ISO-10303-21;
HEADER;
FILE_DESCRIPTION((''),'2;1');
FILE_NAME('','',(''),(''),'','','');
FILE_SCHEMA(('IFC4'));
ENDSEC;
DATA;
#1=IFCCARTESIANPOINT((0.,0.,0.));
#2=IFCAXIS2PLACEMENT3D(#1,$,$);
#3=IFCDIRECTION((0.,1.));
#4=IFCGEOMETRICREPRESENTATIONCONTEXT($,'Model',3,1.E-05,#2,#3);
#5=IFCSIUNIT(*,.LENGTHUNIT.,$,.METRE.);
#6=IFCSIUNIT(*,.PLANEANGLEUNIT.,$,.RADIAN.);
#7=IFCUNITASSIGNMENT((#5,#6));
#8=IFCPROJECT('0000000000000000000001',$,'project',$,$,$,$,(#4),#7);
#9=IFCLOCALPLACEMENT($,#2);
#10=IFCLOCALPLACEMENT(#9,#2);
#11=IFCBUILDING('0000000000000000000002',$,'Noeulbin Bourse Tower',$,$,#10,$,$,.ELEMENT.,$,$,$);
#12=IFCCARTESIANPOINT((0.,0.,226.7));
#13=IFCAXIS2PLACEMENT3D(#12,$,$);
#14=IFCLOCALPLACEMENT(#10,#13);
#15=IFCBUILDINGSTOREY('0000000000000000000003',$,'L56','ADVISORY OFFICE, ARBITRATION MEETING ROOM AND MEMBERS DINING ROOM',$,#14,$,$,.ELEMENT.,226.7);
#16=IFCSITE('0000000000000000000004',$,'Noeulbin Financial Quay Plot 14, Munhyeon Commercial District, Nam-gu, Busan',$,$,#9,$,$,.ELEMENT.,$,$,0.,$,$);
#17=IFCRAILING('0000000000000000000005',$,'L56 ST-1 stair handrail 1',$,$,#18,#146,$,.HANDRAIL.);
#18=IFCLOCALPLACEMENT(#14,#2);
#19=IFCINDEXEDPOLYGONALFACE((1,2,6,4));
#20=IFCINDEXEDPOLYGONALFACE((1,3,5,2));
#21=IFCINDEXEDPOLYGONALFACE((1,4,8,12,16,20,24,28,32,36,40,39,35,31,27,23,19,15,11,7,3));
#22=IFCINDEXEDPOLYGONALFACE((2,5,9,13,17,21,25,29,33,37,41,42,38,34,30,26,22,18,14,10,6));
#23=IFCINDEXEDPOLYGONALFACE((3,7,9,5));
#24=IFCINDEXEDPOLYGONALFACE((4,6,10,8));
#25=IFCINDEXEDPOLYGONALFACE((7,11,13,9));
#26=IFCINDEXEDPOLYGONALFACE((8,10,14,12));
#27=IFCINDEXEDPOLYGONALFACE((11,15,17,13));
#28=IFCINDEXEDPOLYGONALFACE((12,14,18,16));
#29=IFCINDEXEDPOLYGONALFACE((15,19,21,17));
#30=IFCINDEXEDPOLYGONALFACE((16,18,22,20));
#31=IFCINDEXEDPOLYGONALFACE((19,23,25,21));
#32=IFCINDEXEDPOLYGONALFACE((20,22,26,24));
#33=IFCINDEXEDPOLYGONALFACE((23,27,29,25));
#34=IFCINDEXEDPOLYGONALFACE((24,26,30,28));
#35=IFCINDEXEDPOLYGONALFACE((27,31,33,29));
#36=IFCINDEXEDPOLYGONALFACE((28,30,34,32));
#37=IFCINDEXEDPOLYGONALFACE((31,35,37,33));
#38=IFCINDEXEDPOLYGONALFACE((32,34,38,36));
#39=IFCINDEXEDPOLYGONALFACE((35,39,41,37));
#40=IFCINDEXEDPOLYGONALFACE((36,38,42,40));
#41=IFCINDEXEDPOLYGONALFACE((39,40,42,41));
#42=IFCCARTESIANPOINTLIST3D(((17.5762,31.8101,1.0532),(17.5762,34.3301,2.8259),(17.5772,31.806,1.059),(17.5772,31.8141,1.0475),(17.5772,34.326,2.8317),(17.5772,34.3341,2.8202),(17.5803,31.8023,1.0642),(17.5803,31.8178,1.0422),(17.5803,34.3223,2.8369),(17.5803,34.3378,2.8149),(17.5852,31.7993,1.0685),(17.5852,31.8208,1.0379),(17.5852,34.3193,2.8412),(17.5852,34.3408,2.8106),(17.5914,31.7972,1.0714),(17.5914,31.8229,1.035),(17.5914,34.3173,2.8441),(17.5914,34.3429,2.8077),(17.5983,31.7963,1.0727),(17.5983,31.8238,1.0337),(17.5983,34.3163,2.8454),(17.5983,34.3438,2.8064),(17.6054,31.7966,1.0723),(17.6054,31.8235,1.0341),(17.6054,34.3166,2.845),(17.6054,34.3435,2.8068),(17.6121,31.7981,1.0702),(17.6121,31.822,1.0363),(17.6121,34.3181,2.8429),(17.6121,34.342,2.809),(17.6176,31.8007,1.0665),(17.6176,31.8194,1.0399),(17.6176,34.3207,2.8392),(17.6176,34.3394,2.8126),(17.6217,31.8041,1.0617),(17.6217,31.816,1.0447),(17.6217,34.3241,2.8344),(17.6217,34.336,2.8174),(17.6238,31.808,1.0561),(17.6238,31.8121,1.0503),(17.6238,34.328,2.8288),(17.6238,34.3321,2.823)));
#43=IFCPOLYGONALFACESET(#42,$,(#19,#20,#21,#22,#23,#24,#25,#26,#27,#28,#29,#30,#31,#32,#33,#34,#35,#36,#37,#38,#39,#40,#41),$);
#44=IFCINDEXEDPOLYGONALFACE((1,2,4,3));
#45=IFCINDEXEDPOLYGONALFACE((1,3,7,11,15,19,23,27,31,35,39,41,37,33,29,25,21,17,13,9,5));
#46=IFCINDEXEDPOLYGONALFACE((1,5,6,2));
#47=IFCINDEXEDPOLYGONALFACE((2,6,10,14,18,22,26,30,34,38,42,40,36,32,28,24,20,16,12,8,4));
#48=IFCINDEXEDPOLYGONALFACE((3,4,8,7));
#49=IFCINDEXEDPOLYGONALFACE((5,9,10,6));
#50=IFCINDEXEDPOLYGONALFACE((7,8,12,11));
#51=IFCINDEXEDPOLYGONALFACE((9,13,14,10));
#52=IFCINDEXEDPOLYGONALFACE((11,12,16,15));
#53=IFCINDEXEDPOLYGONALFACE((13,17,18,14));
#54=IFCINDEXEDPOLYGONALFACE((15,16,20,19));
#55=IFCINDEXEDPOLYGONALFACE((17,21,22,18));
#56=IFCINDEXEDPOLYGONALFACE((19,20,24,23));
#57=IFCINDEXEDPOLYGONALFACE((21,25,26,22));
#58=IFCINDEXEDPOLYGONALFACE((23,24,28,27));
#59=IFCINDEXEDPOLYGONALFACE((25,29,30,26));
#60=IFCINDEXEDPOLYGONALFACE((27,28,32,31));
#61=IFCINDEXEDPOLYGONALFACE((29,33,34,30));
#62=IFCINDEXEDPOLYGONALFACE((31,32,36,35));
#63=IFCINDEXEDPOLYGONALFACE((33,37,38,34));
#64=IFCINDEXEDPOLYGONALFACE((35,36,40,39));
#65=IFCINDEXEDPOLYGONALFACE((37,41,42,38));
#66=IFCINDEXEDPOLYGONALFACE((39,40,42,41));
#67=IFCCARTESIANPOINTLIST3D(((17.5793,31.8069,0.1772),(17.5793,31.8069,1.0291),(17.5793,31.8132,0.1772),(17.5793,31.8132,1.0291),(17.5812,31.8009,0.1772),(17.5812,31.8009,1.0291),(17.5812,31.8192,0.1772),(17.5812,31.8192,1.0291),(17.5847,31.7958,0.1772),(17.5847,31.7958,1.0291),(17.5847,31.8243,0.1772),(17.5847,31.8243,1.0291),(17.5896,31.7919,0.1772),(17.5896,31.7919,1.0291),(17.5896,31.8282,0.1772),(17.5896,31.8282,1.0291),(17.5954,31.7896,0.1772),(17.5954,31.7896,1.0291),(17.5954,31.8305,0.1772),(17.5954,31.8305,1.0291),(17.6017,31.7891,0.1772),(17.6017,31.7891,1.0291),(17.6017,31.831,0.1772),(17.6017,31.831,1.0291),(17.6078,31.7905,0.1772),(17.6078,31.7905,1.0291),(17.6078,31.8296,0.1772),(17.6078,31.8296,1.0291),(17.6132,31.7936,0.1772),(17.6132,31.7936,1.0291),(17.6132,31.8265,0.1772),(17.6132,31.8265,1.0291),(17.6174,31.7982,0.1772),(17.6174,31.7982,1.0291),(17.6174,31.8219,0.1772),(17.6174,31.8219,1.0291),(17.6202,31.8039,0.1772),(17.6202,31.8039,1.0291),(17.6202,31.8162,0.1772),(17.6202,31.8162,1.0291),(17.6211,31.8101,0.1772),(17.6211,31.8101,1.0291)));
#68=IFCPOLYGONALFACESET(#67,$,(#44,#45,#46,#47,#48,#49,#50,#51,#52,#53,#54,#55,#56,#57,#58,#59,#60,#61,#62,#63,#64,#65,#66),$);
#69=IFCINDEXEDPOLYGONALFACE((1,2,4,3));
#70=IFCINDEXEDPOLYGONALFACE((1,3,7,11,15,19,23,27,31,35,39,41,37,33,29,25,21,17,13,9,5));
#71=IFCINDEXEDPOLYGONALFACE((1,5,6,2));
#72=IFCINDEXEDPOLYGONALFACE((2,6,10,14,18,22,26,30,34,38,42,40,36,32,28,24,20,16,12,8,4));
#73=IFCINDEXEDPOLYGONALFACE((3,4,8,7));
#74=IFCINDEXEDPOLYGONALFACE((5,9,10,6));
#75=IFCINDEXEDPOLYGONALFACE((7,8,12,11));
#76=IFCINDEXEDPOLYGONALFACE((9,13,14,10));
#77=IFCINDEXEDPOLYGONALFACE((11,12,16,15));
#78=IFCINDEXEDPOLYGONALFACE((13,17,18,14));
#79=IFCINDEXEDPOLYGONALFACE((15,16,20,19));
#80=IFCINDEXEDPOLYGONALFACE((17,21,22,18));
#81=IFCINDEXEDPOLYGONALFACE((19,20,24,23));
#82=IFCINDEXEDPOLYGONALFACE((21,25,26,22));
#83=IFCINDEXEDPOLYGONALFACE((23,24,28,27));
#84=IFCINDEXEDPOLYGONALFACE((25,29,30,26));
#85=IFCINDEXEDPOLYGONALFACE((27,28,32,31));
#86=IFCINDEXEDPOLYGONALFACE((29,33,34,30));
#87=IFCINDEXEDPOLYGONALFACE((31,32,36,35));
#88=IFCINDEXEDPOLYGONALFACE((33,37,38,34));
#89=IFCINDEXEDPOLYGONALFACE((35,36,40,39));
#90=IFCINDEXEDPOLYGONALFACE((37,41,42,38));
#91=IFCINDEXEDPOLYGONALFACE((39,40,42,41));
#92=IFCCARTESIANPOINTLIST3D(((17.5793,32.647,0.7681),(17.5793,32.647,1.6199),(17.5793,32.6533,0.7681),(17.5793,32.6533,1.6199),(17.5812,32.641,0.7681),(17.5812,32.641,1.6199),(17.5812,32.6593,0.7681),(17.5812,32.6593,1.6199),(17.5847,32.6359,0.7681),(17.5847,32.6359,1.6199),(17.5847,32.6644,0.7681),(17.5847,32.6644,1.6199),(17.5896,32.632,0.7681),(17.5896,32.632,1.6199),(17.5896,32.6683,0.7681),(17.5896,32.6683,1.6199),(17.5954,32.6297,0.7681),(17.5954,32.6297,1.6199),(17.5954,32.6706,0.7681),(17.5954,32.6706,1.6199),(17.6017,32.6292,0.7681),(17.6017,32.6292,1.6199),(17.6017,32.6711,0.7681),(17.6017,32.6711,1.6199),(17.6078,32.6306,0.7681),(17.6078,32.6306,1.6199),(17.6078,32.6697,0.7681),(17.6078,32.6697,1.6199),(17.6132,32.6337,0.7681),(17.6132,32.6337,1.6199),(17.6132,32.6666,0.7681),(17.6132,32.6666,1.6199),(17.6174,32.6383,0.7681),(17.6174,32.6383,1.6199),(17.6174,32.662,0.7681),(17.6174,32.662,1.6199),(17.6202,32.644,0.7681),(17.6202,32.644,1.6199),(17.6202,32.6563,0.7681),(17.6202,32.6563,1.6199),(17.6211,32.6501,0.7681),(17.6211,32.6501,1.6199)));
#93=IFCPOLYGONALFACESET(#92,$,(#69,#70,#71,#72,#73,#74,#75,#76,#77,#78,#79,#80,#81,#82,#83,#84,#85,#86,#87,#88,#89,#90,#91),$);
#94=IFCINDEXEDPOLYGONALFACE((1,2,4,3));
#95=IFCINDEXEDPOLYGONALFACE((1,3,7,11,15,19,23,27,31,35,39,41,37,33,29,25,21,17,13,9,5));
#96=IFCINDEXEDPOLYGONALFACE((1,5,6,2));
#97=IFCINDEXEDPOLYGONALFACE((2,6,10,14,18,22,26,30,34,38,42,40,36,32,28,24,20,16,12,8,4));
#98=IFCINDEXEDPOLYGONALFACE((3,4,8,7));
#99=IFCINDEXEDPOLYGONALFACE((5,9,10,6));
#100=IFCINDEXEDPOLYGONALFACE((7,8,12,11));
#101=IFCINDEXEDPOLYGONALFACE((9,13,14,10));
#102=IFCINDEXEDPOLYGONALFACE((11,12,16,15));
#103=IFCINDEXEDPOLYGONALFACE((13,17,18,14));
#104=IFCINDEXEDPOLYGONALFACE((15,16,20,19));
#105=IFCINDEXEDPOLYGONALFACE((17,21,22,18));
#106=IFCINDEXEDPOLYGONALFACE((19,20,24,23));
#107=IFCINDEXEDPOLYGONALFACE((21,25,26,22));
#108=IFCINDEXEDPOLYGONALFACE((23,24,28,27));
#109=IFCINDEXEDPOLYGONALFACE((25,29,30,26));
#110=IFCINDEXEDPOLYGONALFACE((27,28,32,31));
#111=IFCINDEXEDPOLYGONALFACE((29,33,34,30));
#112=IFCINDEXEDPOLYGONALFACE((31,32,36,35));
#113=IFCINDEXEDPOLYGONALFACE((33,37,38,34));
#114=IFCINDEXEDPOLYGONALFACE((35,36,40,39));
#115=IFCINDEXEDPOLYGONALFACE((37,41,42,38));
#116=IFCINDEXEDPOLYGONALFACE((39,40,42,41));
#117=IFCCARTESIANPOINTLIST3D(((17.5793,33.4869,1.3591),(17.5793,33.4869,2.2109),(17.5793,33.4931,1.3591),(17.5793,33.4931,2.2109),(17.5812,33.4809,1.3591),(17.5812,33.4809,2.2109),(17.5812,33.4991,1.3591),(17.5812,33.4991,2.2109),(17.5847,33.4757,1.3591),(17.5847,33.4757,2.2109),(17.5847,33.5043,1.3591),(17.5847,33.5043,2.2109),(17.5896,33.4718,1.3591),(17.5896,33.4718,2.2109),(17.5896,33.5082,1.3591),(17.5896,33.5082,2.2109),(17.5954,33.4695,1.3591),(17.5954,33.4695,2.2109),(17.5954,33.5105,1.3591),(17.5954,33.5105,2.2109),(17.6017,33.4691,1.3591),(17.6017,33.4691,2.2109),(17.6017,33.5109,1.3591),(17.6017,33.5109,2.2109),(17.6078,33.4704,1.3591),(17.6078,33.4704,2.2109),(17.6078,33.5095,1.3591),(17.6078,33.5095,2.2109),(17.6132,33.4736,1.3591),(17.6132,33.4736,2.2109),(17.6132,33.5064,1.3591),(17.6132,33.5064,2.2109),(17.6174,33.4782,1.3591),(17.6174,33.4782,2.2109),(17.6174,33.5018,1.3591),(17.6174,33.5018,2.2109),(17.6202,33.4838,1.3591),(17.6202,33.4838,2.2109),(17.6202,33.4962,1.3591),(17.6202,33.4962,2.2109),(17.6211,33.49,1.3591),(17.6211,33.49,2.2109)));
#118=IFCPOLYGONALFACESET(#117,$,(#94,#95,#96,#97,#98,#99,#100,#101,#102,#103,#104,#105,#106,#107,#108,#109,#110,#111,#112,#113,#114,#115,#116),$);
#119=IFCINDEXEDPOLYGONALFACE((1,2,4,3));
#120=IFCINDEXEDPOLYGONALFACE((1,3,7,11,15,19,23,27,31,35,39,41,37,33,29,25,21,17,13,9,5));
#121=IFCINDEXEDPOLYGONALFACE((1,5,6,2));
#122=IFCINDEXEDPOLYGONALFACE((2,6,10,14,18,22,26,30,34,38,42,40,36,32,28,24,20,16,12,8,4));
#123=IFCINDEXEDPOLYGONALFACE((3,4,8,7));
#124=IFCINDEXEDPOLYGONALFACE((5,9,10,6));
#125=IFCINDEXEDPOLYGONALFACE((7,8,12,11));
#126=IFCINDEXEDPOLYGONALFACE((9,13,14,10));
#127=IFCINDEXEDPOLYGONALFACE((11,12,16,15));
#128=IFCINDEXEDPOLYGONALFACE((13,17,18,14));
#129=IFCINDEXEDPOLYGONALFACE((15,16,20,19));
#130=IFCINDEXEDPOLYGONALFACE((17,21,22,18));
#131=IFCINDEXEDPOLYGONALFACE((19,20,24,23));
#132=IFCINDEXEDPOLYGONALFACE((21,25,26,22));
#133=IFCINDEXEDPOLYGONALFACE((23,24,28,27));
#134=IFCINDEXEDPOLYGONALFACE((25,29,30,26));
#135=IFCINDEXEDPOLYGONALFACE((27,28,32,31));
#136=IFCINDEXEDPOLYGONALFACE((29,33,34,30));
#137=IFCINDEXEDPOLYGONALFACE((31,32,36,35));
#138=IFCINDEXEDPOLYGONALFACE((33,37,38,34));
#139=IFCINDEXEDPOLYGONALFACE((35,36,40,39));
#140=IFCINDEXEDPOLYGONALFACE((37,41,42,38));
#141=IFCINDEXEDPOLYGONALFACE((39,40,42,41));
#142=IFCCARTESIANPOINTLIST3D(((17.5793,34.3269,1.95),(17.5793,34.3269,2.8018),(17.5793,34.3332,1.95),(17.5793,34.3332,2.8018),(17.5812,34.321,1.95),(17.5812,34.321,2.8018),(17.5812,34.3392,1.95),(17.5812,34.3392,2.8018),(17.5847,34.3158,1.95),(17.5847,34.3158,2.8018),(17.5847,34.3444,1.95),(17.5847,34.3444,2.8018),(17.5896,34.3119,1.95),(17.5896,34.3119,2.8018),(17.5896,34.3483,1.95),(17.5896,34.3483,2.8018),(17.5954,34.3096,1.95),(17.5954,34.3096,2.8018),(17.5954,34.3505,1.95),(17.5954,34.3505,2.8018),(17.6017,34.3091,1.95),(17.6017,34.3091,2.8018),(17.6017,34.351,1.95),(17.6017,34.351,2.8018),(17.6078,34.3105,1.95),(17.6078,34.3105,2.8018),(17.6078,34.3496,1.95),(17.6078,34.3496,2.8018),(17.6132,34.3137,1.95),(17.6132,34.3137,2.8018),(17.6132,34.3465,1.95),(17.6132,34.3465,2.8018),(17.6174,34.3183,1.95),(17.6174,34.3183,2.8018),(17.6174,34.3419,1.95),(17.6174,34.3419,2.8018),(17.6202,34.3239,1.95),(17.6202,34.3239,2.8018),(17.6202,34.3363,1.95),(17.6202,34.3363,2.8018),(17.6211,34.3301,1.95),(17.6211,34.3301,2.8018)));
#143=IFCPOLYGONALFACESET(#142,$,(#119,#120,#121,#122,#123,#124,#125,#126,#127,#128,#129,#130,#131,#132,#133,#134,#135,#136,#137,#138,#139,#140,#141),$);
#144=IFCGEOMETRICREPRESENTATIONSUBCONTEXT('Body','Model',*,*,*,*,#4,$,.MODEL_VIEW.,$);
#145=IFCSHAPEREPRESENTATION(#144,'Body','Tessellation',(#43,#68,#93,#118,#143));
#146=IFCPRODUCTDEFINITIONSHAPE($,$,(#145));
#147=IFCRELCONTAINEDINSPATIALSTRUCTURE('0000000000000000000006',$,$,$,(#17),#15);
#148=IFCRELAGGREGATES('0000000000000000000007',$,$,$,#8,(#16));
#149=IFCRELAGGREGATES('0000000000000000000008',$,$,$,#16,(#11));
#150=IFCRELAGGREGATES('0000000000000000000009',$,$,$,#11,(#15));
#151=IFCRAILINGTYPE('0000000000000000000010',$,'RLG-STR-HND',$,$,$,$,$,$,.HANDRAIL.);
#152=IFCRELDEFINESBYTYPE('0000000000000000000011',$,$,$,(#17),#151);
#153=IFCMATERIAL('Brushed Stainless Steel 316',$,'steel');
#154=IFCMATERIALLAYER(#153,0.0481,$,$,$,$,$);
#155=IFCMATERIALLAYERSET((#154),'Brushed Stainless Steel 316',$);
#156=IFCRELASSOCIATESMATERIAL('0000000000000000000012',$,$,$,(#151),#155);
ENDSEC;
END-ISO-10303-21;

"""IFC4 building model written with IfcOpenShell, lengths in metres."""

from ifc_helpers import new_model, si_unit, direction, frame, origin, origin_2d, place, context, subcontext, project, spatial, circle, extrude, material, layer, layer_set, type_object, element, save


model = new_model("IFC4")

# Units and contexts
model_context = context("Model", 3, precision=1e-05, world=origin(), true_north=direction((0.0, 1.0)))
body_context = subcontext(model_context, "Body", "Model", "MODEL_VIEW")
ifc_project = project(units=[si_unit("LENGTHUNIT", "METRE"), si_unit("PLANEANGLEUNIT", "RADIAN")], contexts=[model_context])

# Site, building, storey
site_placement = place(None, origin())
site = spatial("IfcSite", under=ifc_project, at=site_placement, Name="Noeulbin Financial Quay Plot 14, Munhyeon Commercial District, Nam-gu, Busan", CompositionType="ELEMENT", RefElevation=0.0)
building_placement = place(site_placement, origin())
building = spatial("IfcBuilding", under=site, at=building_placement, Name="Noeulbin Bourse Tower", CompositionType="ELEMENT")
storey_placement = place(building_placement, frame((0.0, 0.0, 226.7)))
storey = spatial("IfcBuildingStorey", under=building, at=storey_placement, Name="L56", Description="ADVISORY OFFICE, ARBITRATION MEETING ROOM AND MEMBERS DINING ROOM", CompositionType="ELEMENT", Elevation=226.7)

# Railing
ifc_material_1 = material(Name="Brushed Stainless Steel 316", Category="steel")
ifc_layer_1 = layer(ifc_material_1, 0.0481)
ifc_layer_set_1 = layer_set([ifc_layer_1], Name="Brushed Stainless Steel 316")
railing_type_1 = type_object("IfcRailingType", Name="RLG-STR-HND", PredefinedType="HANDRAIL", material=ifc_layer_set_1)
railing_1_placement = place(storey_placement, frame((17.6001, 31.8101, 0.1772)))
element("IfcRailing", 1, at=railing_1_placement, inside=storey, type_object=railing_type_1, Name="L56 ST-1 stair handrail 1", PredefinedType="HANDRAIL", context=body_context, shape_type="SweptSolid", body=[
    extrude(circle(Radius=0.0239, at=origin_2d()), frame((0.0, 0.0, 0.876), z_axis=(0.0, 0.817904, 0.575354), x_axis=(-1.0, 0.0, 0.0)), (0.0, 0.0, 1.0), 3.0811),
    extrude(circle(Radius=0.021, at=origin_2d()), origin(), (0.0, 0.0, 1.0), 0.8518),
    extrude(circle(Radius=0.021, at=origin_2d()), frame((0.0, 0.8401, 0.5908)), (0.0, 0.0, 1.0), 0.8518),
    extrude(circle(Radius=0.021, at=origin_2d()), frame((0.0, 1.6799, 1.1819)), (0.0, 0.0, 1.0), 0.8518),
    extrude(circle(Radius=0.021, at=origin_2d()), frame((0.0, 2.52, 1.7727)), (0.0, 0.0, 1.0), 0.8518),
])

save(model, "model.ifc")
